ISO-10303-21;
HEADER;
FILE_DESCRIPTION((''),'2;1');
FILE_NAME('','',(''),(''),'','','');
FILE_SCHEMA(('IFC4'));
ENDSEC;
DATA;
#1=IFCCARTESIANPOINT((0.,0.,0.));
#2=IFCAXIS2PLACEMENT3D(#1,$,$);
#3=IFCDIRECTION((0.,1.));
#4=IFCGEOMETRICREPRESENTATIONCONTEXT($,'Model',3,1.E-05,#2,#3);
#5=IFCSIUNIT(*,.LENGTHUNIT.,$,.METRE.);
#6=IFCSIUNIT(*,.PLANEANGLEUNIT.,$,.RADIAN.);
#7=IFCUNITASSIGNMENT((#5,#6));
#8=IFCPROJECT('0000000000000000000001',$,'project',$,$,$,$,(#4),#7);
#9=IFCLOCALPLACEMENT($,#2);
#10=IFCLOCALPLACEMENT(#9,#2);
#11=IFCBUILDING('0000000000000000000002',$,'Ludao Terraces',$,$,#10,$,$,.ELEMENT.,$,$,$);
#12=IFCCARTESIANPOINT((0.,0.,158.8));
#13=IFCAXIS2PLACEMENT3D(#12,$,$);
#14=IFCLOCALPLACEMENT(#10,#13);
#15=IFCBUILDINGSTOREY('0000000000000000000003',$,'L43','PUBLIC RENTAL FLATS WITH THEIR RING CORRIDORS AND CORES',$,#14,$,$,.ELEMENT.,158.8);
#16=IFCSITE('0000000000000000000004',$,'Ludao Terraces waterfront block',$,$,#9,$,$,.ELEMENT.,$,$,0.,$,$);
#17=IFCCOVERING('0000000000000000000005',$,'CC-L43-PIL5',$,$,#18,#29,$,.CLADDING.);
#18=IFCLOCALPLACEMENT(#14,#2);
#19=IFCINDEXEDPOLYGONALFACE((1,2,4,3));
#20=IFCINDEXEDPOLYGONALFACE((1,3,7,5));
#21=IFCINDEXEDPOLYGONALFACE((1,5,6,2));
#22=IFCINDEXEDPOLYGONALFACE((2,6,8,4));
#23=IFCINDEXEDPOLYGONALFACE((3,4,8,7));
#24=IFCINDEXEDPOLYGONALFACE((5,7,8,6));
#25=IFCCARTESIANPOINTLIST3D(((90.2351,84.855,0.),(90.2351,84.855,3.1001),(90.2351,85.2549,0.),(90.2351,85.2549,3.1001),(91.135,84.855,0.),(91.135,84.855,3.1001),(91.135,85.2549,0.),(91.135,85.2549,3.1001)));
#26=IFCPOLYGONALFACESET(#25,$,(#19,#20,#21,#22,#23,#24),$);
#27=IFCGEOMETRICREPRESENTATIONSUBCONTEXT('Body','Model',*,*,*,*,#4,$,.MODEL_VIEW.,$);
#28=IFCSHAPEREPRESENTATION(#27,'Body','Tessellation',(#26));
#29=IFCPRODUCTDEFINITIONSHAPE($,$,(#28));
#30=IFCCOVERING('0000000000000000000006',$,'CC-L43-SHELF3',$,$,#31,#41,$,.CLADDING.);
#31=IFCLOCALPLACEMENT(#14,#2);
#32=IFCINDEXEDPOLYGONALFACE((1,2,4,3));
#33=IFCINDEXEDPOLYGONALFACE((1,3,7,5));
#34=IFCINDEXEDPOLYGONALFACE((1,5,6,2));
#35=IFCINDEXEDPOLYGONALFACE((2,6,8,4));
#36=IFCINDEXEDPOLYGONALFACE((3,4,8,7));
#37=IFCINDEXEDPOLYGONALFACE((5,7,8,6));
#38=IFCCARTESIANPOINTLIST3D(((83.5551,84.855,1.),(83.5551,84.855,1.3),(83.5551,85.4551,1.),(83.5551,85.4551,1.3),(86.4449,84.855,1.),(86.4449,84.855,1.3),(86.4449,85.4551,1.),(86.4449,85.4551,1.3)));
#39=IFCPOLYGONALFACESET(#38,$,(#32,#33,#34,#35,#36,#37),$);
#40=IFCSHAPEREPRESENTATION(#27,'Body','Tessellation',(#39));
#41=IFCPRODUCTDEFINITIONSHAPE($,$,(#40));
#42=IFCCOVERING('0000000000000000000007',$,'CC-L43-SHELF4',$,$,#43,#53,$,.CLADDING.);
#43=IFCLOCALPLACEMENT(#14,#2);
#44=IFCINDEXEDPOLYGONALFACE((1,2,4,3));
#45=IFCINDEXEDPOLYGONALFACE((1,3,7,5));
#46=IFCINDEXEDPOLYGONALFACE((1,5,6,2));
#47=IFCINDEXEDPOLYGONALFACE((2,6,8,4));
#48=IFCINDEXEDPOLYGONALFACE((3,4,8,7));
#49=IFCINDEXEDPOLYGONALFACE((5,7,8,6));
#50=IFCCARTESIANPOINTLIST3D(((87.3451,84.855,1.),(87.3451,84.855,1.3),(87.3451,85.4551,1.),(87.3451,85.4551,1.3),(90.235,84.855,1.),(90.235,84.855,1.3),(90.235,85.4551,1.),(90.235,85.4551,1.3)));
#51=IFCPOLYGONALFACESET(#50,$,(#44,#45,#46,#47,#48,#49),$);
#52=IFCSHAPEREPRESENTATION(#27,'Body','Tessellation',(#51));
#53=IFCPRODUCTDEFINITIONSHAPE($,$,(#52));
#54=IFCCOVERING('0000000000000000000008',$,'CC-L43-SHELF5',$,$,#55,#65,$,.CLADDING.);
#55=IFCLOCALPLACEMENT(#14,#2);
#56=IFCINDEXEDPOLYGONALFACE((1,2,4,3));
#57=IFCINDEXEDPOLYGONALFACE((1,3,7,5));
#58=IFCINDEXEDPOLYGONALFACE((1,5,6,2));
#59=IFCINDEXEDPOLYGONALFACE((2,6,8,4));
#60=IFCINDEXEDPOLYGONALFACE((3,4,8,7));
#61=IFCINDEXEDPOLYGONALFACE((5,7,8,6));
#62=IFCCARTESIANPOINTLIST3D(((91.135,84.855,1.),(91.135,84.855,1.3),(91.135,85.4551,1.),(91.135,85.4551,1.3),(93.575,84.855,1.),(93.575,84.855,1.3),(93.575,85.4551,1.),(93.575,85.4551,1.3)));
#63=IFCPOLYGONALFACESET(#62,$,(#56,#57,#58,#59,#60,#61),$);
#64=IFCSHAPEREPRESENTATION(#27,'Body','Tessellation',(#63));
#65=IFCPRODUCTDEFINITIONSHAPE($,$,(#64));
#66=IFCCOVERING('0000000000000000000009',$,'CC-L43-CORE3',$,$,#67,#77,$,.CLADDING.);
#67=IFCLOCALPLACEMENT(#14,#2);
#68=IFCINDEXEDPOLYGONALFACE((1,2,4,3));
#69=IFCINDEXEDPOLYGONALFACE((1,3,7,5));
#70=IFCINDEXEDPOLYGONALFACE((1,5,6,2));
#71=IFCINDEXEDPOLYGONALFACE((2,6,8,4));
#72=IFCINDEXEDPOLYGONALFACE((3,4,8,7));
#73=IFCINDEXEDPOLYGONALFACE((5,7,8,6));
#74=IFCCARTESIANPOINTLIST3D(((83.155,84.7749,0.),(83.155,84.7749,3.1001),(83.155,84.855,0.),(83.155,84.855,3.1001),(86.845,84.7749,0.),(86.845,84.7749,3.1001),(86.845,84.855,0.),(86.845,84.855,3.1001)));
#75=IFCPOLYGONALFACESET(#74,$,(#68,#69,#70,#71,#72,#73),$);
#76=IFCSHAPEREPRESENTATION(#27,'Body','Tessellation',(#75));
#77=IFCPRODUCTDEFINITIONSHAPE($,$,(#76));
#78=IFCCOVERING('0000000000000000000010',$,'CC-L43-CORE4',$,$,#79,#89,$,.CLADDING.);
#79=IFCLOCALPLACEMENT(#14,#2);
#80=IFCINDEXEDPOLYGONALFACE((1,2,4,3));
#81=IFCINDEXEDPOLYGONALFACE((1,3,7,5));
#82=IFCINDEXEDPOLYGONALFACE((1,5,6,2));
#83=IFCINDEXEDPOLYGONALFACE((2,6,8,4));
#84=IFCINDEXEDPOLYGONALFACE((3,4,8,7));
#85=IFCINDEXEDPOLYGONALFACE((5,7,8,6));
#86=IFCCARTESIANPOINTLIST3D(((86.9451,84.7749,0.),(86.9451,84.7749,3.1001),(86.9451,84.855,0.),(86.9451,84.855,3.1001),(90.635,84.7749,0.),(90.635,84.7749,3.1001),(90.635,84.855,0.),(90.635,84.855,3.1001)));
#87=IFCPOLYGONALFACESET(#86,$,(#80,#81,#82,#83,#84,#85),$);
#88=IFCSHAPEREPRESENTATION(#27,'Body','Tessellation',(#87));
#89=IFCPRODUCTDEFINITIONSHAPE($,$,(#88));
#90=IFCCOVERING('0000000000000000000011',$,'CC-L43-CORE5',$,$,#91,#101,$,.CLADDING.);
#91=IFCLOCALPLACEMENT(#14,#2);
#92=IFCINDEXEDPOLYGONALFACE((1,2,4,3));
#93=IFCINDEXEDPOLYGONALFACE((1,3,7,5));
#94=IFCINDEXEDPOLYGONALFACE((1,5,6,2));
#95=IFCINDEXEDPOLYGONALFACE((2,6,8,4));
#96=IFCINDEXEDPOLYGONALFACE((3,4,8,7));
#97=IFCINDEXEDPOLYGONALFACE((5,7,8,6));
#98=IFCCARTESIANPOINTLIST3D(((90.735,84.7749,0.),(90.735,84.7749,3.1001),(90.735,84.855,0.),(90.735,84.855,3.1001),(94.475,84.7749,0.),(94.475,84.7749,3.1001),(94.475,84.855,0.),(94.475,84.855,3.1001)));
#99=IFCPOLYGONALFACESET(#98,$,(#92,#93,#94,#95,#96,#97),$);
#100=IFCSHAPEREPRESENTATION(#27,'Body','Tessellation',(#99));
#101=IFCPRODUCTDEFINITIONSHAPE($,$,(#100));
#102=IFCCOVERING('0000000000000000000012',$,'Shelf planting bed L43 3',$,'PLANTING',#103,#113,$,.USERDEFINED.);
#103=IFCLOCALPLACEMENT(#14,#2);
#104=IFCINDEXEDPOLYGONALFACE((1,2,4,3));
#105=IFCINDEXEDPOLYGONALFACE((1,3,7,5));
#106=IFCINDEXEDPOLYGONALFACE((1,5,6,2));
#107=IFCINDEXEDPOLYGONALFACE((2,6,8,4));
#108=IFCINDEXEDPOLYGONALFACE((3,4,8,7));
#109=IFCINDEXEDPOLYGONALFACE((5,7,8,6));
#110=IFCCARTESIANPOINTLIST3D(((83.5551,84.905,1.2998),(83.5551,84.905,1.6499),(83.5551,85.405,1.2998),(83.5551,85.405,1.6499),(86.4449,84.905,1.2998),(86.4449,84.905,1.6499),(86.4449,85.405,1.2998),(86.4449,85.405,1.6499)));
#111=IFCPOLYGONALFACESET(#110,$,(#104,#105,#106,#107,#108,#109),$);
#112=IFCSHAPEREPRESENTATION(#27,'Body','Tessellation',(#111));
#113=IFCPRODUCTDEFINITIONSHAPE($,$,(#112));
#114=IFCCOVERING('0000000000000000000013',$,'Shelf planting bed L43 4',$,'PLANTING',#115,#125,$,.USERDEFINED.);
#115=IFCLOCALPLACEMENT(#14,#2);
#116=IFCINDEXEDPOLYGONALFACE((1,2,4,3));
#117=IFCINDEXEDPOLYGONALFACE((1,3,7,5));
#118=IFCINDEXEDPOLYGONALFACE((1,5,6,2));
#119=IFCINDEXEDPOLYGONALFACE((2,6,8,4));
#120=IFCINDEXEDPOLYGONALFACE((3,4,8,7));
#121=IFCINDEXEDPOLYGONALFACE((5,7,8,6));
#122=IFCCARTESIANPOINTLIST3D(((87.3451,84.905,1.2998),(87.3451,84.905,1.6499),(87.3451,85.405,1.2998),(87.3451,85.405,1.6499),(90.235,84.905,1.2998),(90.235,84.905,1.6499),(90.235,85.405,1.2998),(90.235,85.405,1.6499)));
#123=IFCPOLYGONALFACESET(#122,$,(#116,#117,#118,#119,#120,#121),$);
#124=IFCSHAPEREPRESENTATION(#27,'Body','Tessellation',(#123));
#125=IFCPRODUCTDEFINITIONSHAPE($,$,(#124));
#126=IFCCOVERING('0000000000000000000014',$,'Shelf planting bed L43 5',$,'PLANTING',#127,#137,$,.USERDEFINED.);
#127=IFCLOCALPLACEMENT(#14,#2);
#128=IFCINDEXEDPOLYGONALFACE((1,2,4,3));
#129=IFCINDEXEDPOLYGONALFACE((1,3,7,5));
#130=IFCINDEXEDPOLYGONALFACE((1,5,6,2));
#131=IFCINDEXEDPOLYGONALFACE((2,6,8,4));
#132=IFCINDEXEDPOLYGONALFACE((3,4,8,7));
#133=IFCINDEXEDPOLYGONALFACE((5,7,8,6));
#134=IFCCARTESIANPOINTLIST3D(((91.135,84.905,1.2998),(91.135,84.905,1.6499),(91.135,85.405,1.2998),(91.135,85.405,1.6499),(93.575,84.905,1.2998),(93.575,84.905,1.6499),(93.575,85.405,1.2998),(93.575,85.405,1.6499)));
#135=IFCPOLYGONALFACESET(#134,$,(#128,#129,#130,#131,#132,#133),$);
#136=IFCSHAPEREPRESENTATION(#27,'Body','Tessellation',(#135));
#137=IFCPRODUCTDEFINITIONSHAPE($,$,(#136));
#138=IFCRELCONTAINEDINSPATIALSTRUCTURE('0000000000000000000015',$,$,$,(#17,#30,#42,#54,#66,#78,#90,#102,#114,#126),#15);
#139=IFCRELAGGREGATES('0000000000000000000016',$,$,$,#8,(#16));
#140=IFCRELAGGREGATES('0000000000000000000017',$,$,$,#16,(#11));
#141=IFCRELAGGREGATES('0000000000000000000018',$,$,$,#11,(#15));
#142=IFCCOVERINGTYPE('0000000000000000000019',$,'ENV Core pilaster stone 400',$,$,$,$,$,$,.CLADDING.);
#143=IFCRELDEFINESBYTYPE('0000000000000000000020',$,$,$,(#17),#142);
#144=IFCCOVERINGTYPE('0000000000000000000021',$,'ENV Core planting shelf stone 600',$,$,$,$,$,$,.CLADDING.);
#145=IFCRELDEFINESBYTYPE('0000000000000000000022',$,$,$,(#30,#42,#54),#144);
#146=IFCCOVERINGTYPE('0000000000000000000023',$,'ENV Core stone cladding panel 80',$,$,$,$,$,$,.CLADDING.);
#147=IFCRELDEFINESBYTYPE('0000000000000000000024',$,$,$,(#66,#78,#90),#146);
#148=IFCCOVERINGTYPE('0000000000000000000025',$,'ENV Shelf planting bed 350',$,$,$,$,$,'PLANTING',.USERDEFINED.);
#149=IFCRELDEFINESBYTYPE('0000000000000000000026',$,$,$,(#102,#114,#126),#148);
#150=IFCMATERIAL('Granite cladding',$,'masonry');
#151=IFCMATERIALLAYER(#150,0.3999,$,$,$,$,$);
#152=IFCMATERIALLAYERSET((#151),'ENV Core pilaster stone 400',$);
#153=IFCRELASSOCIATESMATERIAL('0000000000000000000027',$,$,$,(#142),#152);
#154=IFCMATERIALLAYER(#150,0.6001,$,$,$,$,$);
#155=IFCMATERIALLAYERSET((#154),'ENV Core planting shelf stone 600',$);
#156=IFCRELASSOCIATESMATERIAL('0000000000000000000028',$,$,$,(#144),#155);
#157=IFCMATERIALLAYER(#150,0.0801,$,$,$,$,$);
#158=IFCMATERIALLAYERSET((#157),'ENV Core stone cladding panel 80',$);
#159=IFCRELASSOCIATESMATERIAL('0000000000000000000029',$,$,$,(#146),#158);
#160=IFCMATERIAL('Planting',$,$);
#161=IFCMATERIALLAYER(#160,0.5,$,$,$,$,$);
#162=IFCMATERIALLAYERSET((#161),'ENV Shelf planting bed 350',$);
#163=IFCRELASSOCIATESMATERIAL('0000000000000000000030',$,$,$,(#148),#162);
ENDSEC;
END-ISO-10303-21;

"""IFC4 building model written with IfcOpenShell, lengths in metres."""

from ifc_helpers import new_model, si_unit, direction, frame, origin, origin_2d, place, context, subcontext, project, spatial, rectangle, extrude, material, layer, layer_set, type_object, element, save


model = new_model("IFC4")

# Units and contexts
model_context = context("Model", 3, precision=1e-05, world=origin(), true_north=direction((0.0, 1.0)))
body_context = subcontext(model_context, "Body", "Model", "MODEL_VIEW")
ifc_project = project(units=[si_unit("LENGTHUNIT", "METRE"), si_unit("PLANEANGLEUNIT", "RADIAN")], contexts=[model_context])

# Site, building, storey
site_placement = place(None, origin())
site = spatial("IfcSite", under=ifc_project, at=site_placement, Name="Ludao Terraces waterfront block", CompositionType="ELEMENT", RefElevation=0.0)
building_placement = place(site_placement, origin())
building = spatial("IfcBuilding", under=site, at=building_placement, Name="Ludao Terraces", CompositionType="ELEMENT")
storey_placement = place(building_placement, frame((0.0, 0.0, 158.8)))
storey = spatial("IfcBuildingStorey", under=building, at=storey_placement, Name="L43", Description="PUBLIC RENTAL FLATS WITH THEIR RING CORRIDORS AND CORES", CompositionType="ELEMENT", Elevation=158.8)

# Coverings
ifc_material_1 = material(Name="Granite cladding", Category="masonry")
ifc_layer_1 = layer(ifc_material_1, 0.3999)
ifc_layer_set_1 = layer_set([ifc_layer_1], Name="ENV Core pilaster stone 400")
covering_type_1 = type_object("IfcCoveringType", Name="ENV Core pilaster stone 400", PredefinedType="CLADDING", material=ifc_layer_set_1)
for number, where, z_axis, x_axis, name in (
    (1, (90.6851, 85.0549, 0.0), (0.0, 0.0, 1.0), (1.0, 0.0, 0.0), "CC-L43-PIL5"),
):
    element("IfcCovering", number, at=place(storey_placement, frame(where, z_axis=z_axis, x_axis=x_axis)), inside=storey, type_object=covering_type_1, Name=name, PredefinedType="CLADDING", context=body_context, shape_type="SweptSolid", body=[
        extrude(rectangle(XDim=0.8999, YDim=0.3999, at=origin_2d()), origin(), (0.0, 0.0, 1.0), 3.1001),
    ])
ifc_layer_2 = layer(ifc_material_1, 0.6001)
ifc_layer_set_2 = layer_set([ifc_layer_2], Name="ENV Core planting shelf stone 600")
covering_type_2 = type_object("IfcCoveringType", Name="ENV Core planting shelf stone 600", PredefinedType="CLADDING", material=ifc_layer_set_2)
for number, where, z_axis, x_axis, name in (
    (2, (85.0, 85.155, 1.0), (0.0, 0.0, 1.0), (1.0, 0.0, 0.0), "CC-L43-SHELF3"),
    (3, (88.79, 85.155, 1.0), (0.0, 0.0, 1.0), (1.0, 0.0, 0.0), "CC-L43-SHELF4"),
):
    element("IfcCovering", number, at=place(storey_placement, frame(where, z_axis=z_axis, x_axis=x_axis)), inside=storey, type_object=covering_type_2, Name=name, PredefinedType="CLADDING", context=body_context, shape_type="SweptSolid", body=[
        extrude(rectangle(XDim=2.8899, YDim=0.6001, at=origin_2d()), origin(), (0.0, 0.0, 1.0), 0.3),
    ])
covering_1_placement = place(storey_placement, frame((92.355, 85.155, 1.0), z_axis=(0.0, 0.0, 1.0), x_axis=(1.0, 0.0, 0.0)))
element("IfcCovering", 4, at=covering_1_placement, inside=storey, type_object=covering_type_2, Name="CC-L43-SHELF5", PredefinedType="CLADDING", context=body_context, shape_type="SweptSolid", body=[
    extrude(rectangle(XDim=2.4399, YDim=0.6001, at=origin_2d()), origin(), (0.0, 0.0, 1.0), 0.3),
])
ifc_layer_3 = layer(ifc_material_1, 0.0801)
ifc_layer_set_3 = layer_set([ifc_layer_3], Name="ENV Core stone cladding panel 80")
covering_type_3 = type_object("IfcCoveringType", Name="ENV Core stone cladding panel 80", PredefinedType="CLADDING", material=ifc_layer_set_3)
for number, where, z_axis, x_axis, name in (
    (5, (85.0, 84.8149, 0.0), (0.0, 0.0, 1.0), (1.0, 0.0, 0.0), "CC-L43-CORE3"),
    (6, (88.79, 84.8149, 0.0), (0.0, 0.0, 1.0), (1.0, 0.0, 0.0), "CC-L43-CORE4"),
):
    element("IfcCovering", number, at=place(storey_placement, frame(where, z_axis=z_axis, x_axis=x_axis)), inside=storey, type_object=covering_type_3, Name=name, PredefinedType="CLADDING", context=body_context, shape_type="SweptSolid", body=[
        extrude(rectangle(XDim=3.6899, YDim=0.0801, at=origin_2d()), origin(), (0.0, 0.0, 1.0), 3.1001),
    ])
covering_2_placement = place(storey_placement, frame((92.605, 84.8149, 0.0), z_axis=(0.0, 0.0, 1.0), x_axis=(1.0, 0.0, 0.0)))
element("IfcCovering", 7, at=covering_2_placement, inside=storey, type_object=covering_type_3, Name="CC-L43-CORE5", PredefinedType="CLADDING", context=body_context, shape_type="SweptSolid", body=[
    extrude(rectangle(XDim=3.74, YDim=0.0801, at=origin_2d()), origin(), (0.0, 0.0, 1.0), 3.1001),
])
ifc_material_2 = material(Name="Planting")
ifc_layer_4 = layer(ifc_material_2, 0.5)
ifc_layer_set_4 = layer_set([ifc_layer_4], Name="ENV Shelf planting bed 350")
covering_type_4 = type_object("IfcCoveringType", Name="ENV Shelf planting bed 350", ElementType="PLANTING", PredefinedType="USERDEFINED", material=ifc_layer_set_4)
for number, where, z_axis, x_axis, name in (
    (8, (85.0, 85.155, 1.2998), (0.0, 0.0, 1.0), (1.0, 0.0, 0.0), "Shelf planting bed L43 3"),
    (9, (88.79, 85.155, 1.2998), (0.0, 0.0, 1.0), (1.0, 0.0, 0.0), "Shelf planting bed L43 4"),
):
    element("IfcCovering", number, at=place(storey_placement, frame(where, z_axis=z_axis, x_axis=x_axis)), inside=storey, type_object=covering_type_4, Name=name, ObjectType="PLANTING", PredefinedType="USERDEFINED", context=body_context, shape_type="SweptSolid", body=[
        extrude(rectangle(XDim=2.8899, YDim=0.5, at=origin_2d()), origin(), (0.0, 0.0, 1.0), 0.3501),
    ])
covering_3_placement = place(storey_placement, frame((92.355, 85.155, 1.2998), z_axis=(0.0, 0.0, 1.0), x_axis=(1.0, 0.0, 0.0)))
element("IfcCovering", 10, at=covering_3_placement, inside=storey, type_object=covering_type_4, Name="Shelf planting bed L43 5", ObjectType="PLANTING", PredefinedType="USERDEFINED", context=body_context, shape_type="SweptSolid", body=[
    extrude(rectangle(XDim=2.4399, YDim=0.5, at=origin_2d()), origin(), (0.0, 0.0, 1.0), 0.3501),
])

save(model, "model.ifc")
